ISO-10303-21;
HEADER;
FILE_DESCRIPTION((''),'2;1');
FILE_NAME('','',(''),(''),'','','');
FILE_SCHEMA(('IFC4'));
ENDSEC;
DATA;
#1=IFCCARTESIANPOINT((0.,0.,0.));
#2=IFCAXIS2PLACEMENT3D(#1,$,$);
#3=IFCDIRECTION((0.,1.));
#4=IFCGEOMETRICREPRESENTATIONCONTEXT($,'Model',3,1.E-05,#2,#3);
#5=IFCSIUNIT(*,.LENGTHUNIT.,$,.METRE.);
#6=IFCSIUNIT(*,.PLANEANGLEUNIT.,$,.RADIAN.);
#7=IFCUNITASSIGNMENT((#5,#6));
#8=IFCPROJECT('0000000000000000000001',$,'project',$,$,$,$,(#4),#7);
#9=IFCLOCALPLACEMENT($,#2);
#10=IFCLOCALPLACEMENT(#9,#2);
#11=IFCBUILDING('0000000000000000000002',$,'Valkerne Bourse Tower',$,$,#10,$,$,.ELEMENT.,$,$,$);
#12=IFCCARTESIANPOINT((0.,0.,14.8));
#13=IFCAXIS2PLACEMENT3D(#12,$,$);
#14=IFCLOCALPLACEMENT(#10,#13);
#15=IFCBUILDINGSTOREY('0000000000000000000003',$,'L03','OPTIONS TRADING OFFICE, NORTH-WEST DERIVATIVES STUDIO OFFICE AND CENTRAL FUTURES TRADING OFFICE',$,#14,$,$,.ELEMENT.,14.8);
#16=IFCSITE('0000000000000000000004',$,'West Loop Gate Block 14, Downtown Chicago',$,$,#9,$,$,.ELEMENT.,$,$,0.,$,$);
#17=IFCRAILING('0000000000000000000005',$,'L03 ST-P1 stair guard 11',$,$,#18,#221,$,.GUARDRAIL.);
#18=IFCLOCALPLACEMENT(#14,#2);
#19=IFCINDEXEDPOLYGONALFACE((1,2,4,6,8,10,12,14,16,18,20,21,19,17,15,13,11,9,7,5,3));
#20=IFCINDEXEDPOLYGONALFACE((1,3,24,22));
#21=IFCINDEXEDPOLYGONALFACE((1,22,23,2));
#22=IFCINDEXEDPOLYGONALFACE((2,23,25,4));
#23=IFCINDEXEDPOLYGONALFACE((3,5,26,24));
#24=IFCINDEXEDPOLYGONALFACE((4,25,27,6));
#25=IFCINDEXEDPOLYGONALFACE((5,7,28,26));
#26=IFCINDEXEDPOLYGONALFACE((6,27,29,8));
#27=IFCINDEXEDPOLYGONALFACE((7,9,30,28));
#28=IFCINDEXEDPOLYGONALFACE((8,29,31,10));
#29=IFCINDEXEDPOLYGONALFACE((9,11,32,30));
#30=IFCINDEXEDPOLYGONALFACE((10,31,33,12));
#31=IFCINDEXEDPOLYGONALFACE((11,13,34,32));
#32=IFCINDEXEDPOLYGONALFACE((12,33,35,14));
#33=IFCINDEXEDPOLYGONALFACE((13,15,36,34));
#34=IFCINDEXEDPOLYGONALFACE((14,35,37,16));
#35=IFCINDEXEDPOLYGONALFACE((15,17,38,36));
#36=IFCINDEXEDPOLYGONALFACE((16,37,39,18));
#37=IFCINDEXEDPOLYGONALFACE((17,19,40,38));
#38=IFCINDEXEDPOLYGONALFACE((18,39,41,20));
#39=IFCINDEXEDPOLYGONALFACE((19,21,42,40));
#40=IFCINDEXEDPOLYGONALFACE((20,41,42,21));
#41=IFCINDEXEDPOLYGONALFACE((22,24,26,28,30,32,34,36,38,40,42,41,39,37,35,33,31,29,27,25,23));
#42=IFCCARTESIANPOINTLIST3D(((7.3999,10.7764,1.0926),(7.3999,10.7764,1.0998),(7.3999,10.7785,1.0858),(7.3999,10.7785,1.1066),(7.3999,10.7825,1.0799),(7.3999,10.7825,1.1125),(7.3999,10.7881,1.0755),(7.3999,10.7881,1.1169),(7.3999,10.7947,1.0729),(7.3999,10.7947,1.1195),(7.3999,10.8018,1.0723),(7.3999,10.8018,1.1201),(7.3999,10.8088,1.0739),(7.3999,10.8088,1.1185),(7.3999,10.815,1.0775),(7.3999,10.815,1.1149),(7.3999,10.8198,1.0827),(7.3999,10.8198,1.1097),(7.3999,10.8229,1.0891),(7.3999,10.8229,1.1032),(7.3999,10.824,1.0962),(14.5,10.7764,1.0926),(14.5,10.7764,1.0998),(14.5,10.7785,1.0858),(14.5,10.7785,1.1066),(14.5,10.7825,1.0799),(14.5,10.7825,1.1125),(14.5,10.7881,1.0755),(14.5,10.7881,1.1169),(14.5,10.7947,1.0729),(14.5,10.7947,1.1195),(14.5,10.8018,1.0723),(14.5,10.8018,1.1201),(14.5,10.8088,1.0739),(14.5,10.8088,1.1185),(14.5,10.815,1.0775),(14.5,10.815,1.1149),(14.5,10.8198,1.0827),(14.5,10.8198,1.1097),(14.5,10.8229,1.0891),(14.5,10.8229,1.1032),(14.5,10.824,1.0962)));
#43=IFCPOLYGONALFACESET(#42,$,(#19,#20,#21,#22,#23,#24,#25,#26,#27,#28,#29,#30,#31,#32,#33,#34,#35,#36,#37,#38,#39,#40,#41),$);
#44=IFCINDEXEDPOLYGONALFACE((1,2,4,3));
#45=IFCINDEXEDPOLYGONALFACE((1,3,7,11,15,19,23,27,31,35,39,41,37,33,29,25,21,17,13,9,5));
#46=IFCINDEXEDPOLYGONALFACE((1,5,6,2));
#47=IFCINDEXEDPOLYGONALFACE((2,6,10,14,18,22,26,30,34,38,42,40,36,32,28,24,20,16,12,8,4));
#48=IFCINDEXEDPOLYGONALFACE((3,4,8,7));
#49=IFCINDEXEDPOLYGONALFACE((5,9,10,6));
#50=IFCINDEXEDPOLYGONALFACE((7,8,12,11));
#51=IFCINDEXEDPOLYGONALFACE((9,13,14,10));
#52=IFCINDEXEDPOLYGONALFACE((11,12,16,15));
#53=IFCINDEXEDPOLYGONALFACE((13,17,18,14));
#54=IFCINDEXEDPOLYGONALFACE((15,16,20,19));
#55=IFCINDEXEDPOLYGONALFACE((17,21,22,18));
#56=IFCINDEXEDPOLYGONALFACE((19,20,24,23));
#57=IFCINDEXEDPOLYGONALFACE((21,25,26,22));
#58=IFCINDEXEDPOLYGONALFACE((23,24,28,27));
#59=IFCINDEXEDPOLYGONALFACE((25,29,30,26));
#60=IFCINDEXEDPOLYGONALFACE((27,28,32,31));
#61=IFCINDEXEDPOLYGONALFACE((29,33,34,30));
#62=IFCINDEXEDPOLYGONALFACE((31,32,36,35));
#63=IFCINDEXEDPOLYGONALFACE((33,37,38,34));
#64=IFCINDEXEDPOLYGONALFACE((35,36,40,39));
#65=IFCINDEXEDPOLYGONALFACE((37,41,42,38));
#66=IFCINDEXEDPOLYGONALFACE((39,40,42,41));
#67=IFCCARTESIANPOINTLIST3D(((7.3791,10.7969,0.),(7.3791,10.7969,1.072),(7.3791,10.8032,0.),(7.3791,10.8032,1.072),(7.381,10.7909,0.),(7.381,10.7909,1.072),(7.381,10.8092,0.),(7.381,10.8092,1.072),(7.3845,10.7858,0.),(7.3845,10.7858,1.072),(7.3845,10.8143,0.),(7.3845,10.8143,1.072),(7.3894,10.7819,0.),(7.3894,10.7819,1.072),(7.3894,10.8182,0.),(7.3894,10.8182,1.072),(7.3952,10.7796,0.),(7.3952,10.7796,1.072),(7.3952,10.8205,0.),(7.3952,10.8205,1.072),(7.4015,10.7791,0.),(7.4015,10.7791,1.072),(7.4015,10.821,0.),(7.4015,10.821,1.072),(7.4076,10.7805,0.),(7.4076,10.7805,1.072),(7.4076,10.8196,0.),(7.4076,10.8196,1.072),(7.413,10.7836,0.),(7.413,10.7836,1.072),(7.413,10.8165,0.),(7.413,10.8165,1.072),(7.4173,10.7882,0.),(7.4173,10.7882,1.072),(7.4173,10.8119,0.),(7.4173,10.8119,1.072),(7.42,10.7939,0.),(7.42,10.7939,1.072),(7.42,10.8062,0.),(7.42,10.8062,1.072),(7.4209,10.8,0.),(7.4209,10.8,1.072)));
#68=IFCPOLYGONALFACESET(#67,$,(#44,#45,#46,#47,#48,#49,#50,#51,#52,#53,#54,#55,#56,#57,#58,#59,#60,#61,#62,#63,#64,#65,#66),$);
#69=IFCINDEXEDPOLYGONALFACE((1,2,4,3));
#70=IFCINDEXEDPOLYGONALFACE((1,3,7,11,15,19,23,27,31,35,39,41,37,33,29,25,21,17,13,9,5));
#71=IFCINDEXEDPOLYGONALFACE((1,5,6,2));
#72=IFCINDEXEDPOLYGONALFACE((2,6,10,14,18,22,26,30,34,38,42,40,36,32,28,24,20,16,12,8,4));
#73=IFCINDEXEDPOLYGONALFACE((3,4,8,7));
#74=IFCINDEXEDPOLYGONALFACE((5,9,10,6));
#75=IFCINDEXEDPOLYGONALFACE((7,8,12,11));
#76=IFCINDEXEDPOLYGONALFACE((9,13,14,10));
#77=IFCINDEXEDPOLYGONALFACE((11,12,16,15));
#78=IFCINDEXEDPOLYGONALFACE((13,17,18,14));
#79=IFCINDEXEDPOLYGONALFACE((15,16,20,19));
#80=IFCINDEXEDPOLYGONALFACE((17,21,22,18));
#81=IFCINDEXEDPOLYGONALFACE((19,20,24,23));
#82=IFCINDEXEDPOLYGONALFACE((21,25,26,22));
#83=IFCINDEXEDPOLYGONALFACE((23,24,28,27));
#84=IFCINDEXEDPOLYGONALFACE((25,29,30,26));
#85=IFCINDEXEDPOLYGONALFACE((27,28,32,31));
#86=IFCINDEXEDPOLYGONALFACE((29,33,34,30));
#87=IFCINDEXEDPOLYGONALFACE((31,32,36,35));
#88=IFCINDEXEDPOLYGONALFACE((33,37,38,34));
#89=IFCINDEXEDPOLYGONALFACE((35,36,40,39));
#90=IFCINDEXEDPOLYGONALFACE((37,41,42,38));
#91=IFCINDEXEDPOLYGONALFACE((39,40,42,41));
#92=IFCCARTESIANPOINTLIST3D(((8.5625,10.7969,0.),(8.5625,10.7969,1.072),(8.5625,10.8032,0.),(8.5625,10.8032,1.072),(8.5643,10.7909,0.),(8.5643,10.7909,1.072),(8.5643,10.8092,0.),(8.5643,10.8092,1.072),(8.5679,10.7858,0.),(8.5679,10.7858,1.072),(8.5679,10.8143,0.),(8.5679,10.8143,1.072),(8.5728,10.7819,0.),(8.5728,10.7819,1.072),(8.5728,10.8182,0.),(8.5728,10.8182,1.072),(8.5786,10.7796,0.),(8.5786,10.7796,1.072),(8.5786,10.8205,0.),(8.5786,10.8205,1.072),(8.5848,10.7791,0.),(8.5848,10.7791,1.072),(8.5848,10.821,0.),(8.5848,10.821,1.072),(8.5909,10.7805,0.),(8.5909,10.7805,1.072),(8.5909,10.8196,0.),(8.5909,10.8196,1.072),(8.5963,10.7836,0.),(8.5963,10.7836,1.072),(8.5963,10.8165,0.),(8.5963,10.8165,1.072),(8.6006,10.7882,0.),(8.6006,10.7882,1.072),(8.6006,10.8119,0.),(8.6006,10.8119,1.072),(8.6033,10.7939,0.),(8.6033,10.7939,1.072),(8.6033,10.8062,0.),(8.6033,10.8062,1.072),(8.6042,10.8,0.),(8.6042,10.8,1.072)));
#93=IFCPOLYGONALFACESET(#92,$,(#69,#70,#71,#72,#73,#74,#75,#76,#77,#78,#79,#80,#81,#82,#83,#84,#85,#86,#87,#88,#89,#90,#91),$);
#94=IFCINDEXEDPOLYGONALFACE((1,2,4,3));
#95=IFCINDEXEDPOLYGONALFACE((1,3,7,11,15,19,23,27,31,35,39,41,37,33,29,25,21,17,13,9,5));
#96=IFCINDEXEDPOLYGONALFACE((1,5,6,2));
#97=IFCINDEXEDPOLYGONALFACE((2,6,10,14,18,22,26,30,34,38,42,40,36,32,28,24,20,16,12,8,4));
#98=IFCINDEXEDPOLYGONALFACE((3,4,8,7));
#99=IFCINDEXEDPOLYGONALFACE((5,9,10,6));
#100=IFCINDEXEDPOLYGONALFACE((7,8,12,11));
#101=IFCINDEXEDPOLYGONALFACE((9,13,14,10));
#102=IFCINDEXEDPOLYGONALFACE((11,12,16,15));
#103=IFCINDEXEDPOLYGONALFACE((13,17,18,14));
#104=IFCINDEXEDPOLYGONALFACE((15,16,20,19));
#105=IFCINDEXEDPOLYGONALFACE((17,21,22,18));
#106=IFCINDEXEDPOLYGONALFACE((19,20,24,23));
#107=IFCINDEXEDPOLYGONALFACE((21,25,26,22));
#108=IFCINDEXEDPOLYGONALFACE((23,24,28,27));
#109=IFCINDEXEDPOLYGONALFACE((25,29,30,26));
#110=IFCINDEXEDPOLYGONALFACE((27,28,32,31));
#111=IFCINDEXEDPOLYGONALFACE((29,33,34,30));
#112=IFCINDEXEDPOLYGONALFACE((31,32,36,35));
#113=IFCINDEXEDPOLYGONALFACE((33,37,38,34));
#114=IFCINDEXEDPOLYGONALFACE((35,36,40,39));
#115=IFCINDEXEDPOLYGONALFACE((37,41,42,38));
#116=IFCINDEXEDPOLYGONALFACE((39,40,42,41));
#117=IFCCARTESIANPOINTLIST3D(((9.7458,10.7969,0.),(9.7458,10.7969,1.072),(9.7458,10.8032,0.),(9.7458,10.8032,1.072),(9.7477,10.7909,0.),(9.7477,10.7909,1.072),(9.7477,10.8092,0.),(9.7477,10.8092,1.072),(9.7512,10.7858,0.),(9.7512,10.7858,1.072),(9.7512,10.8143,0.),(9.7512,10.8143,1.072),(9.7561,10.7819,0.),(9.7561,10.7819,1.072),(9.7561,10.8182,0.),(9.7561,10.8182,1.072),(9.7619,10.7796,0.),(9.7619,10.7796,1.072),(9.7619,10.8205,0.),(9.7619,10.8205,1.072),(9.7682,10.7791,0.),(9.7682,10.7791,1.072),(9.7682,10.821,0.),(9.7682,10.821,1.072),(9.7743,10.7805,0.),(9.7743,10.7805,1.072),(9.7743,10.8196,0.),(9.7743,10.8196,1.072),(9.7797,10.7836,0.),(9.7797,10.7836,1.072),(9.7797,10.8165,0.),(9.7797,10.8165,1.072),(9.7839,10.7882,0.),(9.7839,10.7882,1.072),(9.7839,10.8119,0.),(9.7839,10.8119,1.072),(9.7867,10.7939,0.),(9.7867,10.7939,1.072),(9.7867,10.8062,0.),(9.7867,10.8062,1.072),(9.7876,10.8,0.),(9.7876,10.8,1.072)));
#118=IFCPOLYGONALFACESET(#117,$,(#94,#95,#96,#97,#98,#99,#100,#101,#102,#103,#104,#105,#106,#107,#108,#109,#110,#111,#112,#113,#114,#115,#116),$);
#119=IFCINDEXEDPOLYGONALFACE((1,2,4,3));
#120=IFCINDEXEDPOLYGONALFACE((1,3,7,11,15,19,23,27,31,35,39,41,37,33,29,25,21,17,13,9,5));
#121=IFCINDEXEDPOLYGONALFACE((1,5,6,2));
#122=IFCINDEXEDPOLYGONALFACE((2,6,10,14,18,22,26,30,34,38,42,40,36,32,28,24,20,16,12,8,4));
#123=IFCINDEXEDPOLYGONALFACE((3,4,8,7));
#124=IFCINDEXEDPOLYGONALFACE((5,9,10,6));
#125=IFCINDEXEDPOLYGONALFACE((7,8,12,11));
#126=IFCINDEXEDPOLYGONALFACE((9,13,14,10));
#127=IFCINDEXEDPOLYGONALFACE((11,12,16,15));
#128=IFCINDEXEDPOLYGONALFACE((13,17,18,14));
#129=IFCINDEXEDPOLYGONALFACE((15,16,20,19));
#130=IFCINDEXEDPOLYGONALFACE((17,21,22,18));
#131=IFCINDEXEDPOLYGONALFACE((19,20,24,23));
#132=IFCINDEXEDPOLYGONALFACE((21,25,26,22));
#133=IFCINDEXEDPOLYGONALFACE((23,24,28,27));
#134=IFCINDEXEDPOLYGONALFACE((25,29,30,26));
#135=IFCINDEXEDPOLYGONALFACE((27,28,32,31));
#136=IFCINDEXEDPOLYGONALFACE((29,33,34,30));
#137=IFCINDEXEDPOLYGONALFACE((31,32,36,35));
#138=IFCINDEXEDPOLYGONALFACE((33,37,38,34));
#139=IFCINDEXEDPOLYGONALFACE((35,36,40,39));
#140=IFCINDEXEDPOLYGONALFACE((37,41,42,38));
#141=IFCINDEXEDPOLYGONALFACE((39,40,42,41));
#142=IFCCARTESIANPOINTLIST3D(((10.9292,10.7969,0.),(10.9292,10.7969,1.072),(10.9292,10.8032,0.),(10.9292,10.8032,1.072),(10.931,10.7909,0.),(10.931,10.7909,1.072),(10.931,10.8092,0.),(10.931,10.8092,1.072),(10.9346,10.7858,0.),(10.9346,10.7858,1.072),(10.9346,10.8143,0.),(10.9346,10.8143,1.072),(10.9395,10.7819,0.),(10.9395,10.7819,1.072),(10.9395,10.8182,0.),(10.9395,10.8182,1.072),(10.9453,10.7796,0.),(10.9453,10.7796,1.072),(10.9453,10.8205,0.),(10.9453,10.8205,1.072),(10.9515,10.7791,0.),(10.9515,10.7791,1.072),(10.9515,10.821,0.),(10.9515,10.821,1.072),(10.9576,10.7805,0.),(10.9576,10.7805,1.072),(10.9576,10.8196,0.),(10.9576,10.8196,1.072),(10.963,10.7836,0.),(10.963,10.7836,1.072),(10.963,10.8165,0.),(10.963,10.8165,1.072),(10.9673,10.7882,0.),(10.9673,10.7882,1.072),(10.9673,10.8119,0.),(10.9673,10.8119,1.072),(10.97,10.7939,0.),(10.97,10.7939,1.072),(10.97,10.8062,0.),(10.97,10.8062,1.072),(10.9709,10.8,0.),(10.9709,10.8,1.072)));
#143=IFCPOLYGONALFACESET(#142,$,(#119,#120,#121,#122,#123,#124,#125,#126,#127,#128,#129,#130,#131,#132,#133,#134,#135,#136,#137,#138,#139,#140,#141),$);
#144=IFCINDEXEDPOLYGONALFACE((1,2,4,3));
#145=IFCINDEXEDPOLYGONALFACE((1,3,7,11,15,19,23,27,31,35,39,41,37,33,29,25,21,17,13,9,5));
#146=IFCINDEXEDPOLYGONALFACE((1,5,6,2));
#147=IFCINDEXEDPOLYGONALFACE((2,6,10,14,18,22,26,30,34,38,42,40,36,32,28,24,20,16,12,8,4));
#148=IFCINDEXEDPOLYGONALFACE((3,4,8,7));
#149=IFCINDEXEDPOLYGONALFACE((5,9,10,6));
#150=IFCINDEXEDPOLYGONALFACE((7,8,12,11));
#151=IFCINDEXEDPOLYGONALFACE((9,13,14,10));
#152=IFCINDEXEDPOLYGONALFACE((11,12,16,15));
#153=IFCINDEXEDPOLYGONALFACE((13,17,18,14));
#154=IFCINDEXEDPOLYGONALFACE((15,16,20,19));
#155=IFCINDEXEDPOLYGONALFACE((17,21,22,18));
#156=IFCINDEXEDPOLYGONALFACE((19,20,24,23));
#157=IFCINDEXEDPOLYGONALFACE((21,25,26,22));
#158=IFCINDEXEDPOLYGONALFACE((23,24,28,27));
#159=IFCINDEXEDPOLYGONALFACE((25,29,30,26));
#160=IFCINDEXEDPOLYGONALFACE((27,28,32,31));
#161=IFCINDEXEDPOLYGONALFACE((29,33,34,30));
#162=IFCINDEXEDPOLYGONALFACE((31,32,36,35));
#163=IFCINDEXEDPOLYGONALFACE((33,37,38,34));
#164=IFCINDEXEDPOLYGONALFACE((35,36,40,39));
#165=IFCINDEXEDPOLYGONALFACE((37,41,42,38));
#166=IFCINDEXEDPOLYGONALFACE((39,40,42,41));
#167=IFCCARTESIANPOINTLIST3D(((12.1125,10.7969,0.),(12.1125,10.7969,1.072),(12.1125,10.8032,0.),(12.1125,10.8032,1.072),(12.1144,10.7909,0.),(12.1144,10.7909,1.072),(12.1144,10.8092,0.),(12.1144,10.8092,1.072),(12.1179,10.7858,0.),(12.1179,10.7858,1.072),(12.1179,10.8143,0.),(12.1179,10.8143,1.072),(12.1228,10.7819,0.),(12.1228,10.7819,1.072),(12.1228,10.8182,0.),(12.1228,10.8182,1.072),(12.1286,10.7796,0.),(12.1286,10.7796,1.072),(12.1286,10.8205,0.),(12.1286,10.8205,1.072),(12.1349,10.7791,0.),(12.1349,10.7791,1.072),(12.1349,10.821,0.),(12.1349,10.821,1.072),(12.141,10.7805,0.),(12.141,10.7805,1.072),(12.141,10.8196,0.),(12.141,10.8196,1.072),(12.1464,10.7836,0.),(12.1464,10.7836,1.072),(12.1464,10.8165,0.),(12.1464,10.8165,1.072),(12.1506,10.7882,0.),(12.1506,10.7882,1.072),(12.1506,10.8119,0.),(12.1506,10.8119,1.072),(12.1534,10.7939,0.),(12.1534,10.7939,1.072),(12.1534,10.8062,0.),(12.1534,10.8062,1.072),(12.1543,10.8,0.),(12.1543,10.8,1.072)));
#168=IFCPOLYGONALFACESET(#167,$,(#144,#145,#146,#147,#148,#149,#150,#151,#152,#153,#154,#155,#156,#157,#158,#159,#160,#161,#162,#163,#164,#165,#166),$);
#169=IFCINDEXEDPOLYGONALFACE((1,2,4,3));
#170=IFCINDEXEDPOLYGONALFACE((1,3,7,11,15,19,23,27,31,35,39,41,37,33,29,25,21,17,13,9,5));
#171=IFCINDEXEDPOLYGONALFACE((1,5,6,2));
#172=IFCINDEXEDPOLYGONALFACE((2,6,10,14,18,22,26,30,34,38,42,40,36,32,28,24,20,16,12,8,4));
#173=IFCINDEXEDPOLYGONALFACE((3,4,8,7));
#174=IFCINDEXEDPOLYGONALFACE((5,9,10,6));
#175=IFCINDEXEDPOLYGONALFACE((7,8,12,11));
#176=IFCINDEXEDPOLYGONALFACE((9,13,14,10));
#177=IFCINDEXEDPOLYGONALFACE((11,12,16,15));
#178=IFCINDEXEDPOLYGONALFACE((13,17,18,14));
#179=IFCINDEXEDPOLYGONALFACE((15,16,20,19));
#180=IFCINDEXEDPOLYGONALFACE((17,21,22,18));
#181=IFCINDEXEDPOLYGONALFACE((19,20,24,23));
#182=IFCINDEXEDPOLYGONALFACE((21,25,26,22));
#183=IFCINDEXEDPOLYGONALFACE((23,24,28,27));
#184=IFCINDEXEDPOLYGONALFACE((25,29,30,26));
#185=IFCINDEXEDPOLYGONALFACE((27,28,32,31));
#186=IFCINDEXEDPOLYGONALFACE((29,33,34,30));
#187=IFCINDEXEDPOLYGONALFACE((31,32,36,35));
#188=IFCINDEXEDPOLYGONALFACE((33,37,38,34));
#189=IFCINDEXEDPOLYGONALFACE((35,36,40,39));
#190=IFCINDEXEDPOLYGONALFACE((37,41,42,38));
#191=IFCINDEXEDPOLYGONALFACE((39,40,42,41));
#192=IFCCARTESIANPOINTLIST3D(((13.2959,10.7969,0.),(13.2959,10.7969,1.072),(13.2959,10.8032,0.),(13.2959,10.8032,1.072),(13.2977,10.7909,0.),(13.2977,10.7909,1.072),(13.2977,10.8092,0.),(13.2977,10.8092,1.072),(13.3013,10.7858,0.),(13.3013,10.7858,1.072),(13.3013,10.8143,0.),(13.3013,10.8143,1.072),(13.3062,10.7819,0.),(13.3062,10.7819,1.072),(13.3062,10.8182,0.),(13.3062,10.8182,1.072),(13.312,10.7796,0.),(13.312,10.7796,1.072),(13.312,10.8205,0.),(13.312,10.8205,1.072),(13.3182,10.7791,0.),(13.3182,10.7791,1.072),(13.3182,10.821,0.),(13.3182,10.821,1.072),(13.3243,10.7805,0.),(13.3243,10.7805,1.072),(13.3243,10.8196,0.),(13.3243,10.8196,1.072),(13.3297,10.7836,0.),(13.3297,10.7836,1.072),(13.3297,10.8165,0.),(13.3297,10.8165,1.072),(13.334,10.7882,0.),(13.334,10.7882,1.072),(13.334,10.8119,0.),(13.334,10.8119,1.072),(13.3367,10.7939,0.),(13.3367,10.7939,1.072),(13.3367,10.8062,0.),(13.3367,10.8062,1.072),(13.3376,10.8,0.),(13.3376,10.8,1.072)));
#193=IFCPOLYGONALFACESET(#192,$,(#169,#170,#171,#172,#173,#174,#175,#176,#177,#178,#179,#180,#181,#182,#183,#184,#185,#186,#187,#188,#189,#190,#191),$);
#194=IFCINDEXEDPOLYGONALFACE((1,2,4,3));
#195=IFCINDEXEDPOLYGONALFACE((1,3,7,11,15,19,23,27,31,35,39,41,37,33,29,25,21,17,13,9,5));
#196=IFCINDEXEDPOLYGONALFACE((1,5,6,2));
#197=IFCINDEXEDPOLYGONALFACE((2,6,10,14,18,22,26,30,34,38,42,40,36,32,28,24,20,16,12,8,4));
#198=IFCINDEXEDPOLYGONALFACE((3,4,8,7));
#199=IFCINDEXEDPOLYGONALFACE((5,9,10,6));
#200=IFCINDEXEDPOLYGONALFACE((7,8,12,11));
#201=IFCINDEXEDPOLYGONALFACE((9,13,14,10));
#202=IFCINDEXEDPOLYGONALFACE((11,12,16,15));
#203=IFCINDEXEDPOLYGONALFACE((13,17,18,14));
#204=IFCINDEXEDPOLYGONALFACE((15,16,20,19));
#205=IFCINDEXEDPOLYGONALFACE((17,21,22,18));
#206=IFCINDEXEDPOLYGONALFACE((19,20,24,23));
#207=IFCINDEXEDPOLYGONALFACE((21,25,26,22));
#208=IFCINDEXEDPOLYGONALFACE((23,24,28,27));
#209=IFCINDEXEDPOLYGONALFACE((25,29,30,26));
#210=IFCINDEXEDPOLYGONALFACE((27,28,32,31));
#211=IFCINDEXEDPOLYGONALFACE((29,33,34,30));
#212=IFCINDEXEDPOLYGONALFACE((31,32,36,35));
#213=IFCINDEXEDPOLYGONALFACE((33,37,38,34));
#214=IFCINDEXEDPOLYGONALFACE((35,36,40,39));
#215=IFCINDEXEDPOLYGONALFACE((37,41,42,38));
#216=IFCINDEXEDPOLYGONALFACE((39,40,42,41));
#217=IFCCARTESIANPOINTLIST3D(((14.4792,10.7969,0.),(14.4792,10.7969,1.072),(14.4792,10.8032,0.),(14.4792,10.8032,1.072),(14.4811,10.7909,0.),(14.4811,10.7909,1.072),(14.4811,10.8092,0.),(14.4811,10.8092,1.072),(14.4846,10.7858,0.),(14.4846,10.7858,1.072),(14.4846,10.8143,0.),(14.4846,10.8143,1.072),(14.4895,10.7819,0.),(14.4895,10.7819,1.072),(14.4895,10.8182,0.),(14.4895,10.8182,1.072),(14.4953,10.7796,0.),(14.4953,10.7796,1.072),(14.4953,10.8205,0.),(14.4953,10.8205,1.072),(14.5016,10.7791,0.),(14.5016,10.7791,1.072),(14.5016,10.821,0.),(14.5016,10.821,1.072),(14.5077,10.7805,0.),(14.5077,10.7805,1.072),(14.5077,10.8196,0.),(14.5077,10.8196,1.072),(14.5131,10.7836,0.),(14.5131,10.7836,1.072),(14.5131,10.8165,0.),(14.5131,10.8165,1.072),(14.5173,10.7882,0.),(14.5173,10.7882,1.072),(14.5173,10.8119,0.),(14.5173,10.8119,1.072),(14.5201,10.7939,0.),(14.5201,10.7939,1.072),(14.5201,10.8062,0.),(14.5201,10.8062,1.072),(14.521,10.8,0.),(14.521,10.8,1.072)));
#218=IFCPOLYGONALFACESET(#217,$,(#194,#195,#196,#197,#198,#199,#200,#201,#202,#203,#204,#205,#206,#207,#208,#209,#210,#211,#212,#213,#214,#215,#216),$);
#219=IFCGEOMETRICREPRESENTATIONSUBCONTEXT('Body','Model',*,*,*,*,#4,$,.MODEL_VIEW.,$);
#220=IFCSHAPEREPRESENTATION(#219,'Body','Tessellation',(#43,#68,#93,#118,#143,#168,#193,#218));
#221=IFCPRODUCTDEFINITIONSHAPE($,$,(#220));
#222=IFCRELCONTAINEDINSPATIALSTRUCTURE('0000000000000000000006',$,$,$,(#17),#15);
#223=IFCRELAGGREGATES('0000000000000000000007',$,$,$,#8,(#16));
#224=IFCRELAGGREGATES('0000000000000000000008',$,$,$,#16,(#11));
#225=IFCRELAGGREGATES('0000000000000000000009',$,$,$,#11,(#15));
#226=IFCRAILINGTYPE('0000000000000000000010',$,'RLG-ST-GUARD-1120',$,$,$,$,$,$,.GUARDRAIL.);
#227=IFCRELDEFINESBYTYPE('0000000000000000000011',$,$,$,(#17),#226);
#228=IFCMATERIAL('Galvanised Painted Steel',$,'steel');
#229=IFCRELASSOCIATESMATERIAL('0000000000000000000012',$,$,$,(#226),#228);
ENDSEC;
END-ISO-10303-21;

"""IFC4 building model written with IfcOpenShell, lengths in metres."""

from ifc_helpers import new_model, si_unit, direction, frame, origin, origin_2d, place, context, subcontext, project, spatial, circle, extrude, material, type_object, element, save


model = new_model("IFC4")

# Units and contexts
model_context = context("Model", 3, precision=1e-05, world=origin(), true_north=direction((0.0, 1.0)))
body_context = subcontext(model_context, "Body", "Model", "MODEL_VIEW")
ifc_project = project(units=[si_unit("LENGTHUNIT", "METRE"), si_unit("PLANEANGLEUNIT", "RADIAN")], contexts=[model_context])

# Site, building, storey
site_placement = place(None, origin())
site = spatial("IfcSite", under=ifc_project, at=site_placement, Name="West Loop Gate Block 14, Downtown Chicago", CompositionType="ELEMENT", RefElevation=0.0)
building_placement = place(site_placement, origin())
building = spatial("IfcBuilding", under=site, at=building_placement, Name="Valkerne Bourse Tower", CompositionType="ELEMENT")
storey_placement = place(building_placement, frame((0.0, 0.0, 14.8)))
storey = spatial("IfcBuildingStorey", under=building, at=storey_placement, Name="L03", Description="OPTIONS TRADING OFFICE, NORTH-WEST DERIVATIVES STUDIO OFFICE AND CENTRAL FUTURES TRADING OFFICE", CompositionType="ELEMENT", Elevation=14.8)

# Shared definitions
ifc_material_1 = material(Name="Galvanised Painted Steel", Category="steel")

# Railing
railing_type_1 = type_object("IfcRailingType", Name="RLG-ST-GUARD-1120", PredefinedType="GUARDRAIL", material=ifc_material_1)
railing_1_placement = place(storey_placement, frame((7.3999, 10.8, 0.0)))
element("IfcRailing", 1, at=railing_1_placement, inside=storey, type_object=railing_type_1, Name="L03 ST-P1 stair guard 11", PredefinedType="GUARDRAIL", context=body_context, shape_type="SweptSolid", body=[
    extrude(circle(Radius=0.0239, at=origin_2d()), frame((0.0, 0.0, 1.0962), z_axis=(1.0, 0.0, 0.0), x_axis=(0.0, 1.0, 0.0)), (0.0, 0.0, 1.0), 7.1001),
    extrude(circle(Radius=0.021, at=origin_2d()), origin(), (0.0, 0.0, 1.0), 1.072),
    extrude(circle(Radius=0.021, at=origin_2d()), frame((1.1833, 0.0, 0.0)), (0.0, 0.0, 1.0), 1.072),
    extrude(circle(Radius=0.021, at=origin_2d()), frame((2.3667, 0.0, 0.0)), (0.0, 0.0, 1.0), 1.072),
    extrude(circle(Radius=0.021, at=origin_2d()), frame((3.55, 0.0, 0.0)), (0.0, 0.0, 1.0), 1.072),
    extrude(circle(Radius=0.021, at=origin_2d()), frame((4.7334, 0.0, 0.0)), (0.0, 0.0, 1.0), 1.072),
    extrude(circle(Radius=0.021, at=origin_2d()), frame((5.9167, 0.0, 0.0)), (0.0, 0.0, 1.0), 1.072),
    extrude(circle(Radius=0.021, at=origin_2d()), frame((7.1001, 0.0, 0.0)), (0.0, 0.0, 1.0), 1.072),
])

save(model, "model.ifc")
